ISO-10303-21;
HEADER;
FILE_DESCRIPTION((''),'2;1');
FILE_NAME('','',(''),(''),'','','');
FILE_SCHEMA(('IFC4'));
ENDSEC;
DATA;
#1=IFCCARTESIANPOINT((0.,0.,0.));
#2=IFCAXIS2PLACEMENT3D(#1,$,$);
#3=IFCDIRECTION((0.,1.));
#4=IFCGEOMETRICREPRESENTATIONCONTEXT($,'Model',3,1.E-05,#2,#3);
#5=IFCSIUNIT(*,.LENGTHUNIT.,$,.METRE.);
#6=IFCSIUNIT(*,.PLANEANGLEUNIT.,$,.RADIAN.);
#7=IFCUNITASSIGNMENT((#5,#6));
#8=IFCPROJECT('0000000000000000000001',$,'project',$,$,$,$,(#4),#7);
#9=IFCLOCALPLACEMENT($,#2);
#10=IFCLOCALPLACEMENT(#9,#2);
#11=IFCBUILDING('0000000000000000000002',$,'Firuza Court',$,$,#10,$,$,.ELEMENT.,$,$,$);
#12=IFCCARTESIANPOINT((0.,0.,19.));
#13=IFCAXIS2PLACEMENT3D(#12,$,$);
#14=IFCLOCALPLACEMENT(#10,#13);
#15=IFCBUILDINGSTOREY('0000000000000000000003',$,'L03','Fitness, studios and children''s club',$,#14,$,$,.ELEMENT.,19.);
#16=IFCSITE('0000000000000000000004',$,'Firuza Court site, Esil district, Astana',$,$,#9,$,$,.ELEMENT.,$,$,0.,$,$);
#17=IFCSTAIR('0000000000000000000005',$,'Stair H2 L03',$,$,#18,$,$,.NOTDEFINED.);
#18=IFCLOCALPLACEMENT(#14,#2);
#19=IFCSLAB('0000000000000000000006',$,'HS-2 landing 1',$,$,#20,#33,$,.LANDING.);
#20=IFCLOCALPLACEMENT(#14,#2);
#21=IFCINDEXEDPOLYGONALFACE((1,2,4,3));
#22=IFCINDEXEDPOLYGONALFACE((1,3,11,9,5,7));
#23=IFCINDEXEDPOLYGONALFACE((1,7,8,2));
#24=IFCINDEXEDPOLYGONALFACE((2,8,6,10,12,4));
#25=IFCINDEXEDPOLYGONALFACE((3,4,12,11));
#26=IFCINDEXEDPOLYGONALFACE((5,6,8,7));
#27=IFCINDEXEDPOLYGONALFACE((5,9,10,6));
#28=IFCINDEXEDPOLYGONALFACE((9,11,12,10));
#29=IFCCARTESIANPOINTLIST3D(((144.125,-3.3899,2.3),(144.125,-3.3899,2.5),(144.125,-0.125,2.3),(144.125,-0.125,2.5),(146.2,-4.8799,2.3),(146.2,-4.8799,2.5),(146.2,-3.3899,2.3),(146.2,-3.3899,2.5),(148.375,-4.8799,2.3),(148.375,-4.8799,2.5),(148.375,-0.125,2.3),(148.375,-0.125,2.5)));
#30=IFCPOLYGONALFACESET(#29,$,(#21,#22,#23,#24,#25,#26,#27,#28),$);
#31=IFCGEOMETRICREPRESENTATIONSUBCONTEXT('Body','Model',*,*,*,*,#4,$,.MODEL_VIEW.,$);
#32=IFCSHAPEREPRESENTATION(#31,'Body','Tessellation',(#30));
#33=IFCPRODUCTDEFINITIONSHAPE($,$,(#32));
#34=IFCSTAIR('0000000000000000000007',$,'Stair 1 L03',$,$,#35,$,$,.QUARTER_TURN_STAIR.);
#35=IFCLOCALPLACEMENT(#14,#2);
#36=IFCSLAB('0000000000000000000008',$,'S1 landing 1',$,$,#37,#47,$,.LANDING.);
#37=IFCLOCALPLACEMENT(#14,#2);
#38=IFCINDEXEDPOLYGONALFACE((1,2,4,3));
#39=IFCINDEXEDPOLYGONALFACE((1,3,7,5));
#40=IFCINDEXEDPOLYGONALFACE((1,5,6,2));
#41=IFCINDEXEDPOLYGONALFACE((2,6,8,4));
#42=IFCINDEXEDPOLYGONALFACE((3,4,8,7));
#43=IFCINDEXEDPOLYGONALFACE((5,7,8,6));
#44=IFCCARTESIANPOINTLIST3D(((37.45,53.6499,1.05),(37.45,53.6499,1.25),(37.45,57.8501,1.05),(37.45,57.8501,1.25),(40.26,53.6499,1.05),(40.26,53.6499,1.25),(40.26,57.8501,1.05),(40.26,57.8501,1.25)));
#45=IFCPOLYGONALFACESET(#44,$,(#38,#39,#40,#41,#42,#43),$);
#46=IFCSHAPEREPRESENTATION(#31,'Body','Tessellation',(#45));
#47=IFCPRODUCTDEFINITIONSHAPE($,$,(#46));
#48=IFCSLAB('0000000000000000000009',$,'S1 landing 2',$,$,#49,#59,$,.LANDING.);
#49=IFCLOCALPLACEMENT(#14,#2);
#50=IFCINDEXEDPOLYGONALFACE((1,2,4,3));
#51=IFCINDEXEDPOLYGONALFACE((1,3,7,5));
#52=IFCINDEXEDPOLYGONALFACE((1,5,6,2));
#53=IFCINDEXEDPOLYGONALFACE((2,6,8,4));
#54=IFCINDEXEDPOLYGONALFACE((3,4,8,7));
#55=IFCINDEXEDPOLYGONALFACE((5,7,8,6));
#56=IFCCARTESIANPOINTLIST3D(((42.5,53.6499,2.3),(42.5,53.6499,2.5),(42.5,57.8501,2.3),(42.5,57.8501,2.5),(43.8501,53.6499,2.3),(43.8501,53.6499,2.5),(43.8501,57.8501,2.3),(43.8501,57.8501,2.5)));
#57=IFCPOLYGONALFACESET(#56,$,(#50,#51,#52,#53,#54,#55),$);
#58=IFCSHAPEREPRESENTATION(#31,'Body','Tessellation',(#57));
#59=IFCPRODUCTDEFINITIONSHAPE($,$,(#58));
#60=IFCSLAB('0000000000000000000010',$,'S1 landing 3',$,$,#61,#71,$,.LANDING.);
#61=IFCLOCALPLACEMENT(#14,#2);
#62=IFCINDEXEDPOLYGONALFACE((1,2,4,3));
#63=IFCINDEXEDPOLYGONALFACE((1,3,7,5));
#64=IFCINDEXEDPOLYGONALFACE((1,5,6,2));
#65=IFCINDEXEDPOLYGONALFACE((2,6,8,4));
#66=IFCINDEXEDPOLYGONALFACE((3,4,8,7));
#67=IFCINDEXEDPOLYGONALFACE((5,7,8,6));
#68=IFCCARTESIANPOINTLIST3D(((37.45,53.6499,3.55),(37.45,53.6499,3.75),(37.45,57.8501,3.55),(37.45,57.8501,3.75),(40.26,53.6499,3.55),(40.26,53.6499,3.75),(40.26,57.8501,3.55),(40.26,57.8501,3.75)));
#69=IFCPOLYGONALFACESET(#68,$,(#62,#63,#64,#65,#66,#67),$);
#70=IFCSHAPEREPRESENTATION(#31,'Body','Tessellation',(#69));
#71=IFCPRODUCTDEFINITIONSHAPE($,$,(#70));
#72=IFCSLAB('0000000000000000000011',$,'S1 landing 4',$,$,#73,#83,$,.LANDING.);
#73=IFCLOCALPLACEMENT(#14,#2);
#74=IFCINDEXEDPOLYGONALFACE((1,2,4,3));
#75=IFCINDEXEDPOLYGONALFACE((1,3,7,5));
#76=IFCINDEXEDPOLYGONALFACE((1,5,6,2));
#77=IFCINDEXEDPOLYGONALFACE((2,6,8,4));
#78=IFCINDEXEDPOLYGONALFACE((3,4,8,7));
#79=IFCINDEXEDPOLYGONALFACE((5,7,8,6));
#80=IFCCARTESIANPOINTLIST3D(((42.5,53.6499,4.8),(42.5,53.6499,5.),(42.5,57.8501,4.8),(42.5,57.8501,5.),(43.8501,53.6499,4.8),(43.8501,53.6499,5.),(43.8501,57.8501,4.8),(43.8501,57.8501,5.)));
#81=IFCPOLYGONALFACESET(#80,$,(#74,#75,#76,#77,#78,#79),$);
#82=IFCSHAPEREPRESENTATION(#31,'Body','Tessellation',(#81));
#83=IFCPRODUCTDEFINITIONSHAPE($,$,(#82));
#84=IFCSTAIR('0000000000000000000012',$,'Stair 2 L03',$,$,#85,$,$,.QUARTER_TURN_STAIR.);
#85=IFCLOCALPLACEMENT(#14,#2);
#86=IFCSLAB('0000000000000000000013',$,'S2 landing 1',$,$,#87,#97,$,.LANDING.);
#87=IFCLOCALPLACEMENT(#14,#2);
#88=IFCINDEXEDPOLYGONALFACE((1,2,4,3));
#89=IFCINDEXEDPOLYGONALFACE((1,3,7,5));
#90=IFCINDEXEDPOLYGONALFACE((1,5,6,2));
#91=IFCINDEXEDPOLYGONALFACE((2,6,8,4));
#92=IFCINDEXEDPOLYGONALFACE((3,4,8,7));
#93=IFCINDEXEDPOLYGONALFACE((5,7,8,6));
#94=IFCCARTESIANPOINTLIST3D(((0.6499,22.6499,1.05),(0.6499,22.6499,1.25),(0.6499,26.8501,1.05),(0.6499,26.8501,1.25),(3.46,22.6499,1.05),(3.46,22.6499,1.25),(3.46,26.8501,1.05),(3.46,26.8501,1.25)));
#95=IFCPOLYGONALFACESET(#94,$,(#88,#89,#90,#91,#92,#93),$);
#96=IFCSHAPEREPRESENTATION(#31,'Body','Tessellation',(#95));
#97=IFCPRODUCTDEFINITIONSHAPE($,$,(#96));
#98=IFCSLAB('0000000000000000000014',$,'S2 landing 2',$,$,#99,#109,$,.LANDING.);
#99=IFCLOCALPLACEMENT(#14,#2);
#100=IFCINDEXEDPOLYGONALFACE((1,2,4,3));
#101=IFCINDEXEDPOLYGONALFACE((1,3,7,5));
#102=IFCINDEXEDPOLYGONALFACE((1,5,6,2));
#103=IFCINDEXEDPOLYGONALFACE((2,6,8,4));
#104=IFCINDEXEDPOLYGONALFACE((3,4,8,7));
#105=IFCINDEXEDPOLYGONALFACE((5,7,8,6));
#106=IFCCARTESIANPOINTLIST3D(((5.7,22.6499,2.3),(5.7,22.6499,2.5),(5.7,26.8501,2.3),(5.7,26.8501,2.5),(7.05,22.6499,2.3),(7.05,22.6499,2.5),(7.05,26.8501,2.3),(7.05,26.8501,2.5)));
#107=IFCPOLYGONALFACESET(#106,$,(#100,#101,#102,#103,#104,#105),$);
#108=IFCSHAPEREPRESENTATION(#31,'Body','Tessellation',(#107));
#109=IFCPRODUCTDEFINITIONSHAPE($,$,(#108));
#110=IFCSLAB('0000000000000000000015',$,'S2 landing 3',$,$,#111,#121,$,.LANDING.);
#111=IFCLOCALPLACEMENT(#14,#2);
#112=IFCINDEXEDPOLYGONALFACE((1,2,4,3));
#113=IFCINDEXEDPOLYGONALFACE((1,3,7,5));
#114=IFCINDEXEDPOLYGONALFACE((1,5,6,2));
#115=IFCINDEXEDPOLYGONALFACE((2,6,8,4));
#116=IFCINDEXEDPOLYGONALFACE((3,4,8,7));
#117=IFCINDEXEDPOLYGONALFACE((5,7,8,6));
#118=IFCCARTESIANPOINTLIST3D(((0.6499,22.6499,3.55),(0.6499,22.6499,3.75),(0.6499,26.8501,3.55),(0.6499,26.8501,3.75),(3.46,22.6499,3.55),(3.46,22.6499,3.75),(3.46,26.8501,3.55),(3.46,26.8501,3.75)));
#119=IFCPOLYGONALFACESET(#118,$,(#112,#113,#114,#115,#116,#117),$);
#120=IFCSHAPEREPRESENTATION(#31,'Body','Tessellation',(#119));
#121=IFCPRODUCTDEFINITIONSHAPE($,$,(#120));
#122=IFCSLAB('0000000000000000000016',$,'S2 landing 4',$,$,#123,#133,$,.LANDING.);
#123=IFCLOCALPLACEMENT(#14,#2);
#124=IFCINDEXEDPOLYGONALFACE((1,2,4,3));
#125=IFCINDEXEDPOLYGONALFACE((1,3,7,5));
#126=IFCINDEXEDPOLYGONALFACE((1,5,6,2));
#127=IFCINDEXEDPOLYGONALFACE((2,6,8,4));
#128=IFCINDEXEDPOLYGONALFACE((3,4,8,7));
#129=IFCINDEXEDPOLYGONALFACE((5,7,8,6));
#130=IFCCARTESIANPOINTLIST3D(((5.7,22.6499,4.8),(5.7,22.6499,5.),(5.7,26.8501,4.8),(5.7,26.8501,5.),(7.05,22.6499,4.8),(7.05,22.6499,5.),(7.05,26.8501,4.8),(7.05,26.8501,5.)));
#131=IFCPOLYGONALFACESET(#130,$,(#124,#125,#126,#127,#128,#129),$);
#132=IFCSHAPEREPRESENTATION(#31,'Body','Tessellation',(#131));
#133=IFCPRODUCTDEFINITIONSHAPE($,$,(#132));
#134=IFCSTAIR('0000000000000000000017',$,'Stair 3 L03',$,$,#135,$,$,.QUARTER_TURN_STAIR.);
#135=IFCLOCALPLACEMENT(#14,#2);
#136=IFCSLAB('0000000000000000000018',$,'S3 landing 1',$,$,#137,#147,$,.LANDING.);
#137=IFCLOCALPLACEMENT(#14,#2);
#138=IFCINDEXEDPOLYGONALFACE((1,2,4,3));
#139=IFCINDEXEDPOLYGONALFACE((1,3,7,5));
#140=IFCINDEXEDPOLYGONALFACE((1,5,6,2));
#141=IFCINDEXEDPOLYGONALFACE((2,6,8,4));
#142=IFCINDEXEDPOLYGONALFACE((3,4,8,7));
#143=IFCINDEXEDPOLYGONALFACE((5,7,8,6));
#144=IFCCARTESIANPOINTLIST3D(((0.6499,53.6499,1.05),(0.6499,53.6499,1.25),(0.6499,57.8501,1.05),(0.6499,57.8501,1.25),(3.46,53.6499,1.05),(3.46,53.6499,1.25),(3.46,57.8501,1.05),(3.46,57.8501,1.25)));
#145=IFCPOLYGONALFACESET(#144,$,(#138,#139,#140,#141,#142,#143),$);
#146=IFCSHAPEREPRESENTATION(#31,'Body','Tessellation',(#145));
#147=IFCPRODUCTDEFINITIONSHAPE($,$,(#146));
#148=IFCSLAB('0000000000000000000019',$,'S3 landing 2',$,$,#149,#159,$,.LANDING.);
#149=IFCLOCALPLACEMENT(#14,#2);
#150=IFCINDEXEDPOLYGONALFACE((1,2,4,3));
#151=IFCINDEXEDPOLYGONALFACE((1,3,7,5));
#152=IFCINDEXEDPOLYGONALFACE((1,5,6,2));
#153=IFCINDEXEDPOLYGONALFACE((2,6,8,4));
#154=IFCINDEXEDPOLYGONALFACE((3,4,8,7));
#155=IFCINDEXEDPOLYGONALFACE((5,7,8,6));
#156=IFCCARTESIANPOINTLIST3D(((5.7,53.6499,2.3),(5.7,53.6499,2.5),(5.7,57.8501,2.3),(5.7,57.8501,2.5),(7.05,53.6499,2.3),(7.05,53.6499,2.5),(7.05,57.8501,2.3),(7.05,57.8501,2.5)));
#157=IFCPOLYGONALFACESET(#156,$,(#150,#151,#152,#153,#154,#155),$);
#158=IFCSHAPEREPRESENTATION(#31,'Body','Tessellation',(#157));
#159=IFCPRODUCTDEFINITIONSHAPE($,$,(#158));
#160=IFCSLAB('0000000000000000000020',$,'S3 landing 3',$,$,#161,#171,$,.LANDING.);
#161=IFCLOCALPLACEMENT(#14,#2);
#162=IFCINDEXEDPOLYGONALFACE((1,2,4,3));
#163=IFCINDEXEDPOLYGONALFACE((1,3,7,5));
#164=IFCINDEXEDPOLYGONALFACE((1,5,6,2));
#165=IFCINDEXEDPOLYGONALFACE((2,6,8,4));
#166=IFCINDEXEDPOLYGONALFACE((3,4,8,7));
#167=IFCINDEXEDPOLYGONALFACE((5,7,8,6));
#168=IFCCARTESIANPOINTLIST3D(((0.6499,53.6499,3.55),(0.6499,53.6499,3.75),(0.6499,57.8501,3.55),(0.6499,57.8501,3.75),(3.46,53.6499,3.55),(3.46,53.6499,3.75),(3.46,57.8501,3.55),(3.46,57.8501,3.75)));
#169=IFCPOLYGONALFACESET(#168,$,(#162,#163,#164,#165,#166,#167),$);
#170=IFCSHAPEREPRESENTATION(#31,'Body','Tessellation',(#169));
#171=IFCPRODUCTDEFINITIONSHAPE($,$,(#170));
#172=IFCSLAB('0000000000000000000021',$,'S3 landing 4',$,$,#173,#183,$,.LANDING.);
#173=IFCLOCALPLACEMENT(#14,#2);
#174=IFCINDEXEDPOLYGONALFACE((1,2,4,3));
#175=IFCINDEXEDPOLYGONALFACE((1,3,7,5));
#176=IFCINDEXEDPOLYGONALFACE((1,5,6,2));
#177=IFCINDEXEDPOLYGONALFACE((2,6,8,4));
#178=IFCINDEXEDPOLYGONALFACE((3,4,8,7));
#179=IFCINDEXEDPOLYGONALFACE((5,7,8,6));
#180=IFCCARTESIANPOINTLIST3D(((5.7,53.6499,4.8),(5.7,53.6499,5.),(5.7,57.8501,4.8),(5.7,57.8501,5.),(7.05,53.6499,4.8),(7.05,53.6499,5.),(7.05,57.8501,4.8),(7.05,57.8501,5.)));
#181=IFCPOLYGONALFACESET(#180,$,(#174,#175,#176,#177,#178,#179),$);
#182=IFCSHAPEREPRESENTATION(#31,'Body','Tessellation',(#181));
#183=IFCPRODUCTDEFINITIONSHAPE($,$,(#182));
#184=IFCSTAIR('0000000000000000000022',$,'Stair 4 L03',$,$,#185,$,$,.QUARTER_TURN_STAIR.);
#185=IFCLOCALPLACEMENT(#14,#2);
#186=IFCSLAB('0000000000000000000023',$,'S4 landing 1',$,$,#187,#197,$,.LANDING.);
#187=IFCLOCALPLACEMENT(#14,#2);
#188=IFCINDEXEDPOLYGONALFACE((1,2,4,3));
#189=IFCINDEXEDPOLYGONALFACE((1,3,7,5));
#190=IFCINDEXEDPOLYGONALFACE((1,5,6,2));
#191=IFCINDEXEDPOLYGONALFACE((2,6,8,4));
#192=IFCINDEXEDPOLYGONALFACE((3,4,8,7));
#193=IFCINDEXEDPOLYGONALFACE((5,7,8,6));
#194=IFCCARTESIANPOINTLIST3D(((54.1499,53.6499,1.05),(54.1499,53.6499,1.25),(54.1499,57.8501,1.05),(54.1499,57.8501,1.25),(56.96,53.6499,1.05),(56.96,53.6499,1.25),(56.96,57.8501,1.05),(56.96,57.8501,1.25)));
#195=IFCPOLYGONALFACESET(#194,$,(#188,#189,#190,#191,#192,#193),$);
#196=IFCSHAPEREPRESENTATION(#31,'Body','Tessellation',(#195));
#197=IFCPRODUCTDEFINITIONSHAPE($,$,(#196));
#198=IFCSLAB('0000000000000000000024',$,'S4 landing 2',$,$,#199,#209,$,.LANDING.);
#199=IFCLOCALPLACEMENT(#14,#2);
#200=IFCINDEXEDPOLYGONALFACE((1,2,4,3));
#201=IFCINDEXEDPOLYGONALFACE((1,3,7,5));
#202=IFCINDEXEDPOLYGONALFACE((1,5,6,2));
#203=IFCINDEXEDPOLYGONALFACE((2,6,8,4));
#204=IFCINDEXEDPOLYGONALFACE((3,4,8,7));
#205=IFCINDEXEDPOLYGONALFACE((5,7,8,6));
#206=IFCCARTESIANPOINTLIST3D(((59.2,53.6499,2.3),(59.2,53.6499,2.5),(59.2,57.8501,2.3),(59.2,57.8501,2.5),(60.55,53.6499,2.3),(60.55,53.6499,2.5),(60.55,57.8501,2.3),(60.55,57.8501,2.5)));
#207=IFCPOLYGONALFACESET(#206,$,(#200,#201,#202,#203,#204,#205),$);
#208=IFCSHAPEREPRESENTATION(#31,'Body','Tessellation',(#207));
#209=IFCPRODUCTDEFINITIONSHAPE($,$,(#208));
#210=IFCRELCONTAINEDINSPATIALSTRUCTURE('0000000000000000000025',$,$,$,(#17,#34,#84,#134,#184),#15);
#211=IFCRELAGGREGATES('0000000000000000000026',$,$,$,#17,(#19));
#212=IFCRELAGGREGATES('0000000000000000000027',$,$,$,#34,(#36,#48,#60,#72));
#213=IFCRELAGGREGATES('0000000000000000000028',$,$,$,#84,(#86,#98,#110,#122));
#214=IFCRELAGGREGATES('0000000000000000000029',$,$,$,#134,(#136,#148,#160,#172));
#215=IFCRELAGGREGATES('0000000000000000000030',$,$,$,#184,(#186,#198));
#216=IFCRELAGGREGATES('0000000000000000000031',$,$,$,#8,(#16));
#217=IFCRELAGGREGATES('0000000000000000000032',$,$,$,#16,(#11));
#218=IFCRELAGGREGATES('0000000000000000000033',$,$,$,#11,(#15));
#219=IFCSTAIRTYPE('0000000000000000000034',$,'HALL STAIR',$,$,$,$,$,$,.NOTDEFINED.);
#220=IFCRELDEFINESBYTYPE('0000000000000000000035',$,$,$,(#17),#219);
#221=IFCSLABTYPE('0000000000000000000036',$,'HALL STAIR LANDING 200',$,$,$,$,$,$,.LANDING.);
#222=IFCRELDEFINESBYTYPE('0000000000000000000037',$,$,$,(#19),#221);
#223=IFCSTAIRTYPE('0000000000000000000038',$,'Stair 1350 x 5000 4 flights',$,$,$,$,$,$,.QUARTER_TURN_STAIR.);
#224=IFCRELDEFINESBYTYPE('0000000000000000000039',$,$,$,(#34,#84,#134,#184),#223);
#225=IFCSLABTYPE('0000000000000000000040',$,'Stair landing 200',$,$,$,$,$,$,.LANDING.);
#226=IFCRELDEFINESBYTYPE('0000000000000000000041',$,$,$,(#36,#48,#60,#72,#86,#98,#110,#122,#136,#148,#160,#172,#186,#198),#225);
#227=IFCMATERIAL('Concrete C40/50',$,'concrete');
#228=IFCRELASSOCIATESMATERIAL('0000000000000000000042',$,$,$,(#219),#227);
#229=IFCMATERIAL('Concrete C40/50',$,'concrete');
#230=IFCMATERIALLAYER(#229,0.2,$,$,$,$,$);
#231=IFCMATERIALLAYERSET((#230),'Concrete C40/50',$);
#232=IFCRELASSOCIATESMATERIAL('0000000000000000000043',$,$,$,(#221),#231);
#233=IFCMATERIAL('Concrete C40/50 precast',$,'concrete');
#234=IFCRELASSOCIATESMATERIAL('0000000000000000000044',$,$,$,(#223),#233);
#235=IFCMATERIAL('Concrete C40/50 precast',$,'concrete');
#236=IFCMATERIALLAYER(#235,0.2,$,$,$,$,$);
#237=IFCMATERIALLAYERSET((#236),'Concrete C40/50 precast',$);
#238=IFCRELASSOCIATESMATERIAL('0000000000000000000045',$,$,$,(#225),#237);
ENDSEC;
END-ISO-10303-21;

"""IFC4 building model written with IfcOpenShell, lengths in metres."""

from ifc_helpers import new_model, si_unit, direction, frame, origin, place, context, subcontext, project, spatial, polyline, outline, extrude, material, layer, layer_set, type_object, element, aggregate, save


model = new_model("IFC4")

# Units and contexts
model_context = context("Model", 3, precision=1e-05, world=origin(), true_north=direction((0.0, 1.0)))
body_context = subcontext(model_context, "Body", "Model", "MODEL_VIEW")
ifc_project = project(units=[si_unit("LENGTHUNIT", "METRE"), si_unit("PLANEANGLEUNIT", "RADIAN")], contexts=[model_context])

# Site, building, storey
site_placement = place(None, origin())
site = spatial("IfcSite", under=ifc_project, at=site_placement, Name="Firuza Court site, Esil district, Astana", CompositionType="ELEMENT", RefElevation=0.0)
building_placement = place(site_placement, origin())
building = spatial("IfcBuilding", under=site, at=building_placement, Name="Firuza Court", CompositionType="ELEMENT")
storey_placement = place(building_placement, frame((0.0, 0.0, 19.0)))
storey = spatial("IfcBuildingStorey", under=building, at=storey_placement, Name="L03", Description="Fitness, studios and children's club", CompositionType="ELEMENT", Elevation=19.0)

# Stair, slab
ifc_material_1 = material(Name="Concrete C40/50", Category="concrete")
stair_type_1 = type_object("IfcStairType", Name="HALL STAIR", PredefinedType="NOTDEFINED", material=ifc_material_1)
ifc_material_2 = material(Name="Concrete C40/50", Category="concrete")
ifc_layer_1 = layer(ifc_material_2, 0.2)
ifc_layer_set_1 = layer_set([ifc_layer_1], Name="Concrete C40/50")
slab_type_1 = type_object("IfcSlabType", Name="HALL STAIR LANDING 200", PredefinedType="LANDING", material=ifc_layer_set_1)
stair_1_placement = place(storey_placement, origin())
stair_1 = element("IfcStair", 1, at=stair_1_placement, inside=storey, type_object=stair_type_1, Name="Stair H2 L03", PredefinedType="NOTDEFINED")
slab_1_placement = place(storey_placement, frame((0.0, 0.0, 2.3)))
slab_1 = element("IfcSlab", 2, at=slab_1_placement, type_object=slab_type_1, Name="HS-2 landing 1", PredefinedType="LANDING", context=body_context, shape_type="SweptSolid", body=[
    extrude(outline(polyline([(144.125, -3.3899), (146.2, -3.3899), (146.2, -4.8799), (148.375, -4.8799), (148.375, -0.125), (144.125, -0.125), (144.125, -3.3899)])), origin(), (0.0, 0.0, 1.0), 0.2),
])
aggregate(stair_1, [slab_1])

# Stairs, slabs
ifc_material_3 = material(Name="Concrete C40/50 precast", Category="concrete")
stair_type_2 = type_object("IfcStairType", Name="Stair 1350 x 5000 4 flights", PredefinedType="QUARTER_TURN_STAIR", material=ifc_material_3)
stair_2_placement = place(storey_placement, origin())
stair_2 = element("IfcStair", 3, at=stair_2_placement, inside=storey, type_object=stair_type_2, Name="Stair 1 L03", PredefinedType="QUARTER_TURN_STAIR")
ifc_material_4 = material(Name="Concrete C40/50 precast", Category="concrete")
ifc_layer_2 = layer(ifc_material_4, 0.2)
ifc_layer_set_2 = layer_set([ifc_layer_2], Name="Concrete C40/50 precast")
slab_type_2 = type_object("IfcSlabType", Name="Stair landing 200", PredefinedType="LANDING", material=ifc_layer_set_2)
slab_2_placement = place(storey_placement, frame((0.0, 0.0, 1.05)))
slab_2 = element("IfcSlab", 4, at=slab_2_placement, type_object=slab_type_2, Name="S1 landing 1", PredefinedType="LANDING", context=body_context, shape_type="SweptSolid", body=[
    extrude(outline(polyline([(40.26, 53.6499), (40.26, 57.8501), (37.45, 57.8501), (37.45, 53.6499), (40.26, 53.6499)])), origin(), (0.0, 0.0, 1.0), 0.2),
])
slab_3_placement = place(storey_placement, frame((0.0, 0.0, 2.3)))
slab_3 = element("IfcSlab", 5, at=slab_3_placement, type_object=slab_type_2, Name="S1 landing 2", PredefinedType="LANDING", context=body_context, shape_type="SweptSolid", body=[
    extrude(outline(polyline([(43.8501, 53.6499), (43.8501, 57.8501), (42.5, 57.8501), (42.5, 53.6499), (43.8501, 53.6499)])), origin(), (0.0, 0.0, 1.0), 0.2),
])
slab_4_placement = place(storey_placement, frame((0.0, 0.0, 3.55)))
slab_4 = element("IfcSlab", 6, at=slab_4_placement, type_object=slab_type_2, Name="S1 landing 3", PredefinedType="LANDING", context=body_context, shape_type="SweptSolid", body=[
    extrude(outline(polyline([(40.26, 53.6499), (40.26, 57.8501), (37.45, 57.8501), (37.45, 53.6499), (40.26, 53.6499)])), origin(), (0.0, 0.0, 1.0), 0.2),
])
slab_5_placement = place(storey_placement, frame((0.0, 0.0, 4.8)))
slab_5 = element("IfcSlab", 7, at=slab_5_placement, type_object=slab_type_2, Name="S1 landing 4", PredefinedType="LANDING", context=body_context, shape_type="SweptSolid", body=[
    extrude(outline(polyline([(43.8501, 53.6499), (43.8501, 57.8501), (42.5, 57.8501), (42.5, 53.6499), (43.8501, 53.6499)])), origin(), (0.0, 0.0, 1.0), 0.2),
])
aggregate(stair_2, [slab_2, slab_3, slab_4, slab_5])
stair_3_placement = place(storey_placement, origin())
stair_3 = element("IfcStair", 8, at=stair_3_placement, inside=storey, type_object=stair_type_2, Name="Stair 2 L03", PredefinedType="QUARTER_TURN_STAIR")
slab_6_placement = place(storey_placement, frame((0.0, 0.0, 1.05)))
slab_6 = element("IfcSlab", 9, at=slab_6_placement, type_object=slab_type_2, Name="S2 landing 1", PredefinedType="LANDING", context=body_context, shape_type="SweptSolid", body=[
    extrude(outline(polyline([(3.46, 22.6499), (3.46, 26.8501), (0.6499, 26.8501), (0.6499, 22.6499), (3.46, 22.6499)])), origin(), (0.0, 0.0, 1.0), 0.2),
])
slab_7_placement = place(storey_placement, frame((0.0, 0.0, 2.3)))
slab_7 = element("IfcSlab", 10, at=slab_7_placement, type_object=slab_type_2, Name="S2 landing 2", PredefinedType="LANDING", context=body_context, shape_type="SweptSolid", body=[
    extrude(outline(polyline([(7.05, 22.6499), (7.05, 26.8501), (5.7, 26.8501), (5.7, 22.6499), (7.05, 22.6499)])), origin(), (0.0, 0.0, 1.0), 0.2),
])
slab_8_placement = place(storey_placement, frame((0.0, 0.0, 3.55)))
slab_8 = element("IfcSlab", 11, at=slab_8_placement, type_object=slab_type_2, Name="S2 landing 3", PredefinedType="LANDING", context=body_context, shape_type="SweptSolid", body=[
    extrude(outline(polyline([(3.46, 22.6499), (3.46, 26.8501), (0.6499, 26.8501), (0.6499, 22.6499), (3.46, 22.6499)])), origin(), (0.0, 0.0, 1.0), 0.2),
])
slab_9_placement = place(storey_placement, frame((0.0, 0.0, 4.8)))
slab_9 = element("IfcSlab", 12, at=slab_9_placement, type_object=slab_type_2, Name="S2 landing 4", PredefinedType="LANDING", context=body_context, shape_type="SweptSolid", body=[
    extrude(outline(polyline([(7.05, 22.6499), (7.05, 26.8501), (5.7, 26.8501), (5.7, 22.6499), (7.05, 22.6499)])), origin(), (0.0, 0.0, 1.0), 0.2),
])
aggregate(stair_3, [slab_6, slab_7, slab_8, slab_9])
stair_4_placement = place(storey_placement, origin())
stair_4 = element("IfcStair", 13, at=stair_4_placement, inside=storey, type_object=stair_type_2, Name="Stair 3 L03", PredefinedType="QUARTER_TURN_STAIR")
slab_10_placement = place(storey_placement, frame((0.0, 0.0, 1.05)))
slab_10 = element("IfcSlab", 14, at=slab_10_placement, type_object=slab_type_2, Name="S3 landing 1", PredefinedType="LANDING", context=body_context, shape_type="SweptSolid", body=[
    extrude(outline(polyline([(3.46, 53.6499), (3.46, 57.8501), (0.6499, 57.8501), (0.6499, 53.6499), (3.46, 53.6499)])), origin(), (0.0, 0.0, 1.0), 0.2),
])
slab_11_placement = place(storey_placement, frame((0.0, 0.0, 2.3)))
slab_11 = element("IfcSlab", 15, at=slab_11_placement, type_object=slab_type_2, Name="S3 landing 2", PredefinedType="LANDING", context=body_context, shape_type="SweptSolid", body=[
    extrude(outline(polyline([(7.05, 53.6499), (7.05, 57.8501), (5.7, 57.8501), (5.7, 53.6499), (7.05, 53.6499)])), origin(), (0.0, 0.0, 1.0), 0.2),
])
slab_12_placement = place(storey_placement, frame((0.0, 0.0, 3.55)))
slab_12 = element("IfcSlab", 16, at=slab_12_placement, type_object=slab_type_2, Name="S3 landing 3", PredefinedType="LANDING", context=body_context, shape_type="SweptSolid", body=[
    extrude(outline(polyline([(3.46, 53.6499), (3.46, 57.8501), (0.6499, 57.8501), (0.6499, 53.6499), (3.46, 53.6499)])), origin(), (0.0, 0.0, 1.0), 0.2),
])
slab_13_placement = place(storey_placement, frame((0.0, 0.0, 4.8)))
slab_13 = element("IfcSlab", 17, at=slab_13_placement, type_object=slab_type_2, Name="S3 landing 4", PredefinedType="LANDING", context=body_context, shape_type="SweptSolid", body=[
    extrude(outline(polyline([(7.05, 53.6499), (7.05, 57.8501), (5.7, 57.8501), (5.7, 53.6499), (7.05, 53.6499)])), origin(), (0.0, 0.0, 1.0), 0.2),
])
aggregate(stair_4, [slab_10, slab_11, slab_12, slab_13])
stair_5_placement = place(storey_placement, origin())
stair_5 = element("IfcStair", 18, at=stair_5_placement, inside=storey, type_object=stair_type_2, Name="Stair 4 L03", PredefinedType="QUARTER_TURN_STAIR")
slab_14_placement = place(storey_placement, frame((0.0, 0.0, 1.05)))
slab_14 = element("IfcSlab", 19, at=slab_14_placement, type_object=slab_type_2, Name="S4 landing 1", PredefinedType="LANDING", context=body_context, shape_type="SweptSolid", body=[
    extrude(outline(polyline([(56.96, 53.6499), (56.96, 57.8501), (54.1499, 57.8501), (54.1499, 53.6499), (56.96, 53.6499)])), origin(), (0.0, 0.0, 1.0), 0.2),
])
slab_15_placement = place(storey_placement, frame((0.0, 0.0, 2.3)))
slab_15 = element("IfcSlab", 20, at=slab_15_placement, type_object=slab_type_2, Name="S4 landing 2", PredefinedType="LANDING", context=body_context, shape_type="SweptSolid", body=[
    extrude(outline(polyline([(60.55, 53.6499), (60.55, 57.8501), (59.2, 57.8501), (59.2, 53.6499), (60.55, 53.6499)])), origin(), (0.0, 0.0, 1.0), 0.2),
])
aggregate(stair_5, [slab_14, slab_15])

save(model, "model.ifc")
